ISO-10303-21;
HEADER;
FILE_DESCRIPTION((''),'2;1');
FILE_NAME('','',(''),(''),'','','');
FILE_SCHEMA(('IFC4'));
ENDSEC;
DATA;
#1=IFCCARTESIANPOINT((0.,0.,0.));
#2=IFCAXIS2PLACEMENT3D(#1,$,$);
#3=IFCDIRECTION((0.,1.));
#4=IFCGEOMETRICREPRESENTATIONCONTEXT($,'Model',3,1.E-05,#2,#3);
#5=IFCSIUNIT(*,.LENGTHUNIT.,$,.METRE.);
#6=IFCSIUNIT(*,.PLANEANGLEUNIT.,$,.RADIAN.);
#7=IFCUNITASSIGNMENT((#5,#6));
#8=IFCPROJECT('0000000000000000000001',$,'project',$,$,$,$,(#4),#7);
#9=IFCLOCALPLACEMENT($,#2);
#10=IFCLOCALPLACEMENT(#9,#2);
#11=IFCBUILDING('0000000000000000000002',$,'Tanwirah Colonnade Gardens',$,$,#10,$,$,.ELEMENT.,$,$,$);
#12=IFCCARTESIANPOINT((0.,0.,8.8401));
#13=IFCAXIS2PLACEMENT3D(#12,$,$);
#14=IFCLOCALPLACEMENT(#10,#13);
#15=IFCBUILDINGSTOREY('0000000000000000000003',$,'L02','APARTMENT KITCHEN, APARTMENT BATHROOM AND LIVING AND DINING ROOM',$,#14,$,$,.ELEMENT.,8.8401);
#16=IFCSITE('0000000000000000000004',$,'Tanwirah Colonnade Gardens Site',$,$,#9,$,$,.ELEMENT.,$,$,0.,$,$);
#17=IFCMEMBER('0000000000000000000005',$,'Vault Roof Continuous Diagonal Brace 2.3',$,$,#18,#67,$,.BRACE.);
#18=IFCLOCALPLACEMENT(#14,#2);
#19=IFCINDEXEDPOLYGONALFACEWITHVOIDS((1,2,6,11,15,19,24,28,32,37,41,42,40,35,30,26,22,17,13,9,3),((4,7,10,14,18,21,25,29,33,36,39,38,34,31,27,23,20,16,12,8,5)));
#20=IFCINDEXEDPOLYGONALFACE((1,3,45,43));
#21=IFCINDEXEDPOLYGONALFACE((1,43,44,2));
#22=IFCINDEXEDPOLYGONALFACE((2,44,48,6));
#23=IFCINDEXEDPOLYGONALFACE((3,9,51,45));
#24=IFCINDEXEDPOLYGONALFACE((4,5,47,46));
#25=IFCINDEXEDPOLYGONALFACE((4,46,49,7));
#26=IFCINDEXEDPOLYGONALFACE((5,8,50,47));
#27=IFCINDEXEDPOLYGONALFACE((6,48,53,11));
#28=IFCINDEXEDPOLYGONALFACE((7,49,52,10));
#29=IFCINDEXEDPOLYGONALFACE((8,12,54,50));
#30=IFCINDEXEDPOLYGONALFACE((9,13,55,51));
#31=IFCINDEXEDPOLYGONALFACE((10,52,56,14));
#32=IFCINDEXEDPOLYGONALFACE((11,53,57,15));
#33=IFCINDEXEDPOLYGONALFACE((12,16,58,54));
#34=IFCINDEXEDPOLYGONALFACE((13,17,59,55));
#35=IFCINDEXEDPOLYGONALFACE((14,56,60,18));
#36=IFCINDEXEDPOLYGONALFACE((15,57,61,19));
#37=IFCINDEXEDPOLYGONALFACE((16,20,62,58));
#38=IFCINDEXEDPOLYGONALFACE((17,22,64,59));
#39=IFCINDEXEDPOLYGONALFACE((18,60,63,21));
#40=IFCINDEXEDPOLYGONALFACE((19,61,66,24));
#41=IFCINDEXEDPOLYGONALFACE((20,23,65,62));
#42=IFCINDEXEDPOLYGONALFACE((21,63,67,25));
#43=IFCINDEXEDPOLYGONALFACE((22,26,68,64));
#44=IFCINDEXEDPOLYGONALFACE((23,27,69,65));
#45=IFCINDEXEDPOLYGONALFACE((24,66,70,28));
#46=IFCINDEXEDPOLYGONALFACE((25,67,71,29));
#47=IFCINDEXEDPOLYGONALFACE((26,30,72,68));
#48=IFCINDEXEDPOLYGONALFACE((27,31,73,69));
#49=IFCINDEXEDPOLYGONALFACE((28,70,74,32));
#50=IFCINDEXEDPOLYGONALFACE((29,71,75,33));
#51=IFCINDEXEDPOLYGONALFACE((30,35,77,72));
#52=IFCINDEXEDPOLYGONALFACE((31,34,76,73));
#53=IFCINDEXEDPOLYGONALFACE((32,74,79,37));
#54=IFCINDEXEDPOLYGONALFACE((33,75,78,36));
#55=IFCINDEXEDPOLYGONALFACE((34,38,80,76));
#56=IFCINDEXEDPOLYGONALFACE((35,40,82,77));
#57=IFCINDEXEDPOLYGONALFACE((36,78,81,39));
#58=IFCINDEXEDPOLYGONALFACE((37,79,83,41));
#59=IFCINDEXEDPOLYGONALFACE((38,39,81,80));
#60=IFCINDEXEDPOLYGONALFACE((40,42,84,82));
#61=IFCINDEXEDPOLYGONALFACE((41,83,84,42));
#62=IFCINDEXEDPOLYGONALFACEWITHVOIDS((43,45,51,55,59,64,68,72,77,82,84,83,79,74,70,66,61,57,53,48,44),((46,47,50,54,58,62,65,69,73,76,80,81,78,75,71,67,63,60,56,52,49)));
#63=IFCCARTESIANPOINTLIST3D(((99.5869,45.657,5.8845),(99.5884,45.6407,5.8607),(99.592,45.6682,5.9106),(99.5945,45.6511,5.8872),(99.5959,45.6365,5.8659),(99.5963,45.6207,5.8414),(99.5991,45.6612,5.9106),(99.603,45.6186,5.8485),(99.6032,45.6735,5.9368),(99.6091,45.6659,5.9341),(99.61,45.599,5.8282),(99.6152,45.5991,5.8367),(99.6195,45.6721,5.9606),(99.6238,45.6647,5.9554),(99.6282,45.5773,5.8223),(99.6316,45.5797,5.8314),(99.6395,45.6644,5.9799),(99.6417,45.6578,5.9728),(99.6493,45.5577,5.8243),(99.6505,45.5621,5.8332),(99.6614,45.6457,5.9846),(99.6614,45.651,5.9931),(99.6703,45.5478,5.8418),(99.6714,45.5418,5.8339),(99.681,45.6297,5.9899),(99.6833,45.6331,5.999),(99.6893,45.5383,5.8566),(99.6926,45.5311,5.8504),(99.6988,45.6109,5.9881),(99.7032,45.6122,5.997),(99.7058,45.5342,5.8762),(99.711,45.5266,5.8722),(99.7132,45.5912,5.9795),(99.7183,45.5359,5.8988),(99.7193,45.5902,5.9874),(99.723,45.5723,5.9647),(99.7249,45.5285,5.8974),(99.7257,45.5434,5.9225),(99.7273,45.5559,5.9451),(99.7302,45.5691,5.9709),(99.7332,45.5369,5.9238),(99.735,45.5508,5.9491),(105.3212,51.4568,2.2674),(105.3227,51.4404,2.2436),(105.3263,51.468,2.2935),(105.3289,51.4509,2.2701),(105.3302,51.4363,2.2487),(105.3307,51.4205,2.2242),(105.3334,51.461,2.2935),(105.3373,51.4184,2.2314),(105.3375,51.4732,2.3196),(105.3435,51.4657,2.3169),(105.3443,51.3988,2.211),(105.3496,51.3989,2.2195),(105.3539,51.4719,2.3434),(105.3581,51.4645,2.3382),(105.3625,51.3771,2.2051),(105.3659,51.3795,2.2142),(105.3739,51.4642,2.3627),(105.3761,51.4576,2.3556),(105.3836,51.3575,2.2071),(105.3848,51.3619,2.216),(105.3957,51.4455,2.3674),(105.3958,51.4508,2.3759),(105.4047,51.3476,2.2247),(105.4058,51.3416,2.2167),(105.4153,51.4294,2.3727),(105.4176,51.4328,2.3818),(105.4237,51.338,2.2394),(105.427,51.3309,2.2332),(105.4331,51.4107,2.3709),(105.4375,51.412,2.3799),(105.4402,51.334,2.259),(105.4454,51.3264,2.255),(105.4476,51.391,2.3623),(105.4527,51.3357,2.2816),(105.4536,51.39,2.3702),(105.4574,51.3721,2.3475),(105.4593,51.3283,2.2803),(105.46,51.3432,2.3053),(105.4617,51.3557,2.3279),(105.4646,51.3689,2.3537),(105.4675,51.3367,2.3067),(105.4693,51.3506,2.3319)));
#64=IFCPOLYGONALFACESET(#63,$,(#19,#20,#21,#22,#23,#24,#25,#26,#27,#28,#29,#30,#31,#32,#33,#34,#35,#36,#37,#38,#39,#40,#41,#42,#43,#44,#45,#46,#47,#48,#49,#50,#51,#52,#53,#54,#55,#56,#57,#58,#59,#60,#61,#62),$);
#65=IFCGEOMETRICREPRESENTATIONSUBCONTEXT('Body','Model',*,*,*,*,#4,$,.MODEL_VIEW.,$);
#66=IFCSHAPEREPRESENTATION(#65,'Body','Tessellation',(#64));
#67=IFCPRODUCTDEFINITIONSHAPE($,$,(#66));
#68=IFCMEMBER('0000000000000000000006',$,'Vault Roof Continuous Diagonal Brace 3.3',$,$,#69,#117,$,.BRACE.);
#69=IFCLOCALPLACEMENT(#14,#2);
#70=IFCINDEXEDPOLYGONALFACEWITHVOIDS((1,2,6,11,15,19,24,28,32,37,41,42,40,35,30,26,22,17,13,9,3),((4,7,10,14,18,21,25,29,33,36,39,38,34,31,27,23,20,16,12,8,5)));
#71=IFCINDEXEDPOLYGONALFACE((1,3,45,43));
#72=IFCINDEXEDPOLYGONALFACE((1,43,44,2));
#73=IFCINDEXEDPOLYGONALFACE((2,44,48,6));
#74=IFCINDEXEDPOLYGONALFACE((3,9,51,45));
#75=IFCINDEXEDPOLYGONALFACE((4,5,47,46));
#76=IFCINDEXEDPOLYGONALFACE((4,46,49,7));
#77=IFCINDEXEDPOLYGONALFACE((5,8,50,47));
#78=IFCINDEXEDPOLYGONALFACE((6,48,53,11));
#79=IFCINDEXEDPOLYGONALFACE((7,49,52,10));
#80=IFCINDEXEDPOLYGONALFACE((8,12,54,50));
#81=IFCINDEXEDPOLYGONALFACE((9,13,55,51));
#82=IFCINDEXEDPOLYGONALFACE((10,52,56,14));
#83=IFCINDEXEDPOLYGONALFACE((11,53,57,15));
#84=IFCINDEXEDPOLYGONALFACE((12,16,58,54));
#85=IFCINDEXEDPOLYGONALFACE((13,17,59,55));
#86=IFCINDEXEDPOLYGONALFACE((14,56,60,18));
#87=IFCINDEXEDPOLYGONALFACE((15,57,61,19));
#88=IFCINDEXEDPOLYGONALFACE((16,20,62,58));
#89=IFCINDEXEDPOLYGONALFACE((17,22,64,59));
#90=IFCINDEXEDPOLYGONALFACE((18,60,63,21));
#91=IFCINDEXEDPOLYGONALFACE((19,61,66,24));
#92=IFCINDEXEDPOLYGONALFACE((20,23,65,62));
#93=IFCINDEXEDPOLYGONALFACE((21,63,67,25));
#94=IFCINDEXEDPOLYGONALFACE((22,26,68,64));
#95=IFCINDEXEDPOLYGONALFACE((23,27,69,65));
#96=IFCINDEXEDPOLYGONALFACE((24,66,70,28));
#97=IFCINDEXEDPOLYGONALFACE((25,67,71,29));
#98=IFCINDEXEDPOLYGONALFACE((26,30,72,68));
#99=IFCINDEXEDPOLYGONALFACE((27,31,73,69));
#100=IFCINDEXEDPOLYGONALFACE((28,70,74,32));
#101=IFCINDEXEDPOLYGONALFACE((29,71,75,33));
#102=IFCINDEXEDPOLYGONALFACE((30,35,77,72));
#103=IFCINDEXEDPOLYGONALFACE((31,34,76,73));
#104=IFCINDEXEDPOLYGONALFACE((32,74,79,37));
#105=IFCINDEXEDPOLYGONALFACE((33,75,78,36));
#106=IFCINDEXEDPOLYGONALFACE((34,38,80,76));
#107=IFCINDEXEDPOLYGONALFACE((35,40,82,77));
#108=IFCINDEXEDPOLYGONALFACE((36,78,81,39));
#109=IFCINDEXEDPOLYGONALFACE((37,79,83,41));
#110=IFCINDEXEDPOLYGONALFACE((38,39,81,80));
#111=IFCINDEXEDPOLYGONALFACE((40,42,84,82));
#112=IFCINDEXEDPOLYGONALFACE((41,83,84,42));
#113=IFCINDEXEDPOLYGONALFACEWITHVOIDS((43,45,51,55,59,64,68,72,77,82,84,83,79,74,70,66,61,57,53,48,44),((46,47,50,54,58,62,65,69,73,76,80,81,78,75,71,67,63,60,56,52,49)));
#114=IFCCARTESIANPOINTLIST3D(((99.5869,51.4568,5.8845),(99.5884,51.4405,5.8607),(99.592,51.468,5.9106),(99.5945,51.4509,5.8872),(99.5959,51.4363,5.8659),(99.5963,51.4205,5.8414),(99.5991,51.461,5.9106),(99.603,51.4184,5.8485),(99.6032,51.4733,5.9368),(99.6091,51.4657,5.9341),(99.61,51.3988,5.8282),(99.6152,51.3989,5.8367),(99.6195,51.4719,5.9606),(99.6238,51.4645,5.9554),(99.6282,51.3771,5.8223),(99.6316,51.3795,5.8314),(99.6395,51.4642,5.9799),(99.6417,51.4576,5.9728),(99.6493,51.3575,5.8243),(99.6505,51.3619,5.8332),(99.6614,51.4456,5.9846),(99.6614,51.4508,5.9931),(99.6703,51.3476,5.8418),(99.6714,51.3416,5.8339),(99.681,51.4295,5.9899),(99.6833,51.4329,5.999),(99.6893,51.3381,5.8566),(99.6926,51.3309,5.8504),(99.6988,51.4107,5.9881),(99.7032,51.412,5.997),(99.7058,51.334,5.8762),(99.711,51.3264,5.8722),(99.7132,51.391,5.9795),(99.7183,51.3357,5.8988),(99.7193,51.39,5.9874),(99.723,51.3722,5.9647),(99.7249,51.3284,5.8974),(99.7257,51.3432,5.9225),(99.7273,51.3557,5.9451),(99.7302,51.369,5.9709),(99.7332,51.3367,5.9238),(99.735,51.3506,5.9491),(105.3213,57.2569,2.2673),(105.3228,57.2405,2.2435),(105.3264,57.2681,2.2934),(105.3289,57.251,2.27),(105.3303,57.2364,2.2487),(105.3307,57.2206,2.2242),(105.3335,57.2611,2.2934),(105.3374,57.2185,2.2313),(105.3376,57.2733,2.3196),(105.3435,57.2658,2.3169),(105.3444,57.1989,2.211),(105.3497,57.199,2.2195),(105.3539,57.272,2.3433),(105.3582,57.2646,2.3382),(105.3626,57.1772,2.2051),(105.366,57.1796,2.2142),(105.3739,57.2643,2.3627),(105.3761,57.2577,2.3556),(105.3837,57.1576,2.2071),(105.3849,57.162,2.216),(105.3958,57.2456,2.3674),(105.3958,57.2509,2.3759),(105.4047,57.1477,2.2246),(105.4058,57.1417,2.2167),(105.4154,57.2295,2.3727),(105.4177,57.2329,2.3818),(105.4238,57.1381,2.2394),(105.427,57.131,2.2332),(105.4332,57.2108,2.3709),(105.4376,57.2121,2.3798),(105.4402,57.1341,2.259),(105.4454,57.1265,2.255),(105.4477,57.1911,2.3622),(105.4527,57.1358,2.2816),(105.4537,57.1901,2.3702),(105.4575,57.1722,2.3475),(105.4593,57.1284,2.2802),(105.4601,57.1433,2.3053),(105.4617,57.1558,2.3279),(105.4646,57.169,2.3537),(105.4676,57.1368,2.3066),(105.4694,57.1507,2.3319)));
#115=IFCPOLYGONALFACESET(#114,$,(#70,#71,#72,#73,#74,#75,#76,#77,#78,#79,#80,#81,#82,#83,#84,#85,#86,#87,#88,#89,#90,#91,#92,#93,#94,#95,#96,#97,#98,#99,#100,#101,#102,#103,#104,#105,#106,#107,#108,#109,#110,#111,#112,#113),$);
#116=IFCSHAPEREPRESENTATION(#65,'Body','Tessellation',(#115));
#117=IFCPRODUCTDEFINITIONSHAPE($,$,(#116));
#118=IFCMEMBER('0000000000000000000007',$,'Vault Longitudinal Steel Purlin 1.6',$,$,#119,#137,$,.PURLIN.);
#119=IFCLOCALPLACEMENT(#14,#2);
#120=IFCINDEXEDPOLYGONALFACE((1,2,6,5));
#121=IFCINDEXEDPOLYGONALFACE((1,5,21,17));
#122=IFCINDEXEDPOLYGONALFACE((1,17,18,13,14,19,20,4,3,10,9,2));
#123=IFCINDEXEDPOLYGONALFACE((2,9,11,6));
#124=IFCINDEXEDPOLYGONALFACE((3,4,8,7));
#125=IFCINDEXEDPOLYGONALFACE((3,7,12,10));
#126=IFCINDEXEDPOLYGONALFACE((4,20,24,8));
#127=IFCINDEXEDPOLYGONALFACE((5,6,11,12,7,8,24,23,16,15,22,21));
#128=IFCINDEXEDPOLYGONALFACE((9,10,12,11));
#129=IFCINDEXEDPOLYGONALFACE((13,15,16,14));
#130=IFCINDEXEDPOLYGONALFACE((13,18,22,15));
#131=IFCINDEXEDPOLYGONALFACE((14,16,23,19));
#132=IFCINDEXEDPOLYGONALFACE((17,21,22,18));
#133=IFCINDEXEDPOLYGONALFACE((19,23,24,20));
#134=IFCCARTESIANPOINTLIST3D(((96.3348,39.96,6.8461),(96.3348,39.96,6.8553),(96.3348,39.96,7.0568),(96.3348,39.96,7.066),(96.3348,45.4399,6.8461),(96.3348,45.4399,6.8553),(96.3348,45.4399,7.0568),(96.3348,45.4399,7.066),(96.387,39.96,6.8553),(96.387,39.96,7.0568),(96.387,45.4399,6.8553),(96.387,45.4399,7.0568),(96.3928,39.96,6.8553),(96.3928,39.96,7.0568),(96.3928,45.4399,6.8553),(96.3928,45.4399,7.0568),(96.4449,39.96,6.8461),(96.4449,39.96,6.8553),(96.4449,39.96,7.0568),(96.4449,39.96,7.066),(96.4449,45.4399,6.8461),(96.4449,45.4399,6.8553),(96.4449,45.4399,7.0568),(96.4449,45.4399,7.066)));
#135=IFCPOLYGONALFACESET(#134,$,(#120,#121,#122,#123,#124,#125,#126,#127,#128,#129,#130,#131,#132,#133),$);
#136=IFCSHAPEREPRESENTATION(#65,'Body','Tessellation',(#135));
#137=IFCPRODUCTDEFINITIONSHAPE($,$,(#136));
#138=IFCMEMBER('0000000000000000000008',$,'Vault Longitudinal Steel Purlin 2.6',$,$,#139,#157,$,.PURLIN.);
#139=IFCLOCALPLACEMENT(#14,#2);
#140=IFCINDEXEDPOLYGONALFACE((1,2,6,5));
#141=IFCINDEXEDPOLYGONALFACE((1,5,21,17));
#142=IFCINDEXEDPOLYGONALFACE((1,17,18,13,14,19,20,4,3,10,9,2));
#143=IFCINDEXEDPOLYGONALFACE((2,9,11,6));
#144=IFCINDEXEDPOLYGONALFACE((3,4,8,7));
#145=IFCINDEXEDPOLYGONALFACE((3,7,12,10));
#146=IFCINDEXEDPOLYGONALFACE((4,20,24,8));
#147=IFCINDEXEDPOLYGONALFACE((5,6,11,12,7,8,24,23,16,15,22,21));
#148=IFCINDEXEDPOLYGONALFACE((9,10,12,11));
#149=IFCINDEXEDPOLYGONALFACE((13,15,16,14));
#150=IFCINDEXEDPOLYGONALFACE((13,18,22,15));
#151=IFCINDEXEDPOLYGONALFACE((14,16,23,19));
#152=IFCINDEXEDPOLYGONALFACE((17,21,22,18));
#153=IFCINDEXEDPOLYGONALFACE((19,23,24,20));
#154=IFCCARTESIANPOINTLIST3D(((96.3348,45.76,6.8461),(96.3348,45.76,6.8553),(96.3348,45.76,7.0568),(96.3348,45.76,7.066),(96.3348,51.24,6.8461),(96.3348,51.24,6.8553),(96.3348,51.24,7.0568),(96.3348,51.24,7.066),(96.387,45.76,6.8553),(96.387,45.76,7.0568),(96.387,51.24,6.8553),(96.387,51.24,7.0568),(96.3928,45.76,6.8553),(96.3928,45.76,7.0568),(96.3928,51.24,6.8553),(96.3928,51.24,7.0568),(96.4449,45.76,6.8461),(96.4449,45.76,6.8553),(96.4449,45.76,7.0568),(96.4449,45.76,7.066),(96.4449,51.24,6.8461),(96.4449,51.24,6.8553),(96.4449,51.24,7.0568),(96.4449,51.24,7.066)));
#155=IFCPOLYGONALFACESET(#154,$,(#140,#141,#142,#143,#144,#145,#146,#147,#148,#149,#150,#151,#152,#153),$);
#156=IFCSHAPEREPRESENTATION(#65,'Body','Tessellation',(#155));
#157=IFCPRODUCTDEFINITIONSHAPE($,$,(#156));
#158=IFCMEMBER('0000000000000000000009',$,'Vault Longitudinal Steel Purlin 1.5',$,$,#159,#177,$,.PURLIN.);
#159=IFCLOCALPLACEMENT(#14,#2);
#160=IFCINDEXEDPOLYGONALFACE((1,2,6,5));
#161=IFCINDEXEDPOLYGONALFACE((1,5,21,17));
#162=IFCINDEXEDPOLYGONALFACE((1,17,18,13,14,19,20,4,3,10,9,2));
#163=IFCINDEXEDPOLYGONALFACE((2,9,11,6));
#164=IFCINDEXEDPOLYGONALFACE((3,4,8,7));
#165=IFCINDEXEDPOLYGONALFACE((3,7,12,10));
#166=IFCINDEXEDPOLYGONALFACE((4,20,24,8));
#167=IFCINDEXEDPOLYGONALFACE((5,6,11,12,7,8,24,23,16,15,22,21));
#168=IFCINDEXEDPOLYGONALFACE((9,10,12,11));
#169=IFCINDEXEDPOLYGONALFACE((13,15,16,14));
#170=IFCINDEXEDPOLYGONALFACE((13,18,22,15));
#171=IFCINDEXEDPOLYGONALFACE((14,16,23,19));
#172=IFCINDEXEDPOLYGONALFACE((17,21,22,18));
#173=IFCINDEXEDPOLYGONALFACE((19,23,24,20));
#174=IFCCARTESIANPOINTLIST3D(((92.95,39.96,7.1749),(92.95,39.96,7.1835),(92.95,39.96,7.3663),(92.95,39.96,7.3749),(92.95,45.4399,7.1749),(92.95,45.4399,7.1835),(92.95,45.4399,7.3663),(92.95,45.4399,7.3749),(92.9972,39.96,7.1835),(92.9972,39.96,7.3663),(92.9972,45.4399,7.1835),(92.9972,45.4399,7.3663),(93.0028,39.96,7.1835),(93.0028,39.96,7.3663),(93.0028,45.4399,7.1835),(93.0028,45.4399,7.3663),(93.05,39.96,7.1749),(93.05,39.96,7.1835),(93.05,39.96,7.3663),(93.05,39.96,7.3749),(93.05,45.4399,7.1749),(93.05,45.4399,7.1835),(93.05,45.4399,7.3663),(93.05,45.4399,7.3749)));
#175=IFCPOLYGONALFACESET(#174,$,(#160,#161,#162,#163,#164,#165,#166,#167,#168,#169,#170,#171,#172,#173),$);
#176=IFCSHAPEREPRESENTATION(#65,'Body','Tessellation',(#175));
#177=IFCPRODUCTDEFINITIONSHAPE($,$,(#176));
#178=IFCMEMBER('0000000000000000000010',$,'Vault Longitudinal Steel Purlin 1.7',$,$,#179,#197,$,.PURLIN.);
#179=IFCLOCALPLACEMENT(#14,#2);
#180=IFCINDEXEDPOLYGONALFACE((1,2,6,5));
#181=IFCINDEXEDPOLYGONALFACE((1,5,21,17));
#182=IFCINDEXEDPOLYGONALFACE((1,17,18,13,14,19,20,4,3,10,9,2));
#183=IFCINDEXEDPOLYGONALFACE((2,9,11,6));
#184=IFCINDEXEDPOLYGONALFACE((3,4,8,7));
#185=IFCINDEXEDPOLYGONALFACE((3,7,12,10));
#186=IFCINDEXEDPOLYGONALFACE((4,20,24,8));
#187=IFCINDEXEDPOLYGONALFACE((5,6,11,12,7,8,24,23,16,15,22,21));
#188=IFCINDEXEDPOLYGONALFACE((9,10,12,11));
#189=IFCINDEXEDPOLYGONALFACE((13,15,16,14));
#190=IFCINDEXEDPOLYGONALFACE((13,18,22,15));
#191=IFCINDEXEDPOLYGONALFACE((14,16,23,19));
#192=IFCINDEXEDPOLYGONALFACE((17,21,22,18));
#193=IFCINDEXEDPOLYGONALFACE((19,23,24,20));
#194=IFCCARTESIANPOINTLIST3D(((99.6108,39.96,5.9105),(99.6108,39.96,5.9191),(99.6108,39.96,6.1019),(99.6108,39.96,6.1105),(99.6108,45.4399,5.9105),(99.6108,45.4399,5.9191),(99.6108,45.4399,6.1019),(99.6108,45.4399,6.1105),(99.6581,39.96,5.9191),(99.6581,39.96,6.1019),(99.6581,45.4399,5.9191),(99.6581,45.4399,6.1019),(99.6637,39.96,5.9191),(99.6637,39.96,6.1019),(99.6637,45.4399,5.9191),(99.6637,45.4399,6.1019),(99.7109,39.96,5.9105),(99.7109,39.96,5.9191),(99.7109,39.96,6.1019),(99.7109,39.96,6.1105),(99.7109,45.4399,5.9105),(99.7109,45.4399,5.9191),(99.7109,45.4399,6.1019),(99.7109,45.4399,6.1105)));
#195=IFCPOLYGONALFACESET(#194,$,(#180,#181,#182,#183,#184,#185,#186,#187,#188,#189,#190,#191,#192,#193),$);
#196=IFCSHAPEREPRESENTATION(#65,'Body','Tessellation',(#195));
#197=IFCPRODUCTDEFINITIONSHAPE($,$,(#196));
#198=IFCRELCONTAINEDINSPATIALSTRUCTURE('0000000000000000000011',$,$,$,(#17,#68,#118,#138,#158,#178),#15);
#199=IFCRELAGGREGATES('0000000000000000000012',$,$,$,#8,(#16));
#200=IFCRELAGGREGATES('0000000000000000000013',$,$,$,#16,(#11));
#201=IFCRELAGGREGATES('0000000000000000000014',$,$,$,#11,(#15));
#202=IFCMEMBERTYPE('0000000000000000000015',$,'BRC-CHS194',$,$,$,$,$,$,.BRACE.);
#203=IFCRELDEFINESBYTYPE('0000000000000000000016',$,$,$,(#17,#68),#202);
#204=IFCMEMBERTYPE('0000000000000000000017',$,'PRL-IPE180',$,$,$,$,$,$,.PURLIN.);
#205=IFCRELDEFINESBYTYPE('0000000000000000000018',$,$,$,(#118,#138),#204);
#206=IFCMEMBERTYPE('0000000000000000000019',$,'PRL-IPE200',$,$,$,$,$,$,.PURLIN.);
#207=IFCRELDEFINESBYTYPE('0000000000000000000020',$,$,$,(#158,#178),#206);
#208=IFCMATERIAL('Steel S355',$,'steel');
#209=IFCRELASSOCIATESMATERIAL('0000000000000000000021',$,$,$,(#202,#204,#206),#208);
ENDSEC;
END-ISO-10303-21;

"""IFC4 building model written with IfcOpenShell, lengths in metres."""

from ifc_helpers import new_model, si_unit, direction, frame, origin, origin_2d, place, context, subcontext, project, spatial, hollow_circle, i_section, extrude, material, material_profile, profile_set, type_object, element, save


model = new_model("IFC4")

# Units and contexts
model_context = context("Model", 3, precision=1e-05, world=origin(), true_north=direction((0.0, 1.0)))
body_context = subcontext(model_context, "Body", "Model", "MODEL_VIEW")
ifc_project = project(units=[si_unit("LENGTHUNIT", "METRE"), si_unit("PLANEANGLEUNIT", "RADIAN")], contexts=[model_context])

# Site, building, storey
site_placement = place(None, origin())
site = spatial("IfcSite", under=ifc_project, at=site_placement, Name="Tanwirah Colonnade Gardens Site", CompositionType="ELEMENT", RefElevation=0.0)
building_placement = place(site_placement, origin())
building = spatial("IfcBuilding", under=site, at=building_placement, Name="Tanwirah Colonnade Gardens", CompositionType="ELEMENT")
storey_placement = place(building_placement, frame((0.0, 0.0, 8.8401)))
storey = spatial("IfcBuildingStorey", under=building, at=storey_placement, Name="L02", Description="APARTMENT KITCHEN, APARTMENT BATHROOM AND LIVING AND DINING ROOM", CompositionType="ELEMENT", Elevation=8.8401)

# Members
ifc_material_1 = material(Name="Steel S355", Category="steel")
ifc_material_profile_1 = material_profile(ifc_material_1, hollow_circle(Radius=0.0969, WallThickness=0.01, at=origin_2d()), Name="CHS 193.7x10")
ifc_profile_set_1 = profile_set([ifc_material_profile_1], Name="Steel S355")
member_type_1 = type_object("IfcMemberType", Name="BRC-CHS194", PredefinedType="BRACE", material=ifc_profile_set_1)
member_1_placement = place(storey_placement, frame((99.6609, 45.6001, 5.9106), z_axis=(0.642712, 0.650045, -0.405416), x_axis=(-0.711107, 0.703084, 0.0)))
element("IfcMember", 1, at=member_1_placement, inside=storey, type_object=member_type_1, Name="Vault Roof Continuous Diagonal Brace 2.3", PredefinedType="BRACE", context=body_context, shape_type="SweptSolid", body=[
    extrude(hollow_circle(Radius=0.0969, WallThickness=0.01, at=origin_2d()), origin(), (0.0, 0.0, 1.0), 8.9221),
])
member_2_placement = place(storey_placement, frame((99.6609, 51.3999, 5.9106), z_axis=(0.642701, 0.650061, -0.405409), x_axis=(-0.711121, 0.703069, 0.0)))
element("IfcMember", 2, at=member_2_placement, inside=storey, type_object=member_type_1, Name="Vault Roof Continuous Diagonal Brace 3.3", PredefinedType="BRACE", context=body_context, shape_type="SweptSolid", body=[
    extrude(hollow_circle(Radius=0.0969, WallThickness=0.01, at=origin_2d()), origin(), (0.0, 0.0, 1.0), 8.9224),
])
ifc_material_profile_2 = material_profile(ifc_material_1, i_section(OverallWidth=0.1101, OverallDepth=0.22, WebThickness=0.0059, FlangeThickness=0.0093, at=origin_2d()), Name="IPE 220")
ifc_profile_set_2 = profile_set([ifc_material_profile_2], Name="Steel S355")
member_type_2 = type_object("IfcMemberType", Name="PRL-IPE180", PredefinedType="PURLIN", material=ifc_profile_set_2)
for number, where, z_axis, x_axis, name in (
    (3, (96.3899, 39.96, 6.9561), (0.0, 1.0, 0.0), (-1.0, 0.0, 0.0), "Vault Longitudinal Steel Purlin 1.6"),
    (4, (96.3899, 45.76, 6.9561), (0.0, 1.0, 0.0), (-1.0, 0.0, 0.0), "Vault Longitudinal Steel Purlin 2.6"),
):
    element("IfcMember", number, at=place(storey_placement, frame(where, z_axis=z_axis, x_axis=x_axis)), inside=storey, type_object=member_type_2, Name=name, PredefinedType="PURLIN", context=body_context, shape_type="SweptSolid", body=[
        extrude(i_section(OverallWidth=0.1101, OverallDepth=0.22, WebThickness=0.0059, FlangeThickness=0.0093, at=origin_2d()), origin(), (0.0, 0.0, 1.0), 5.48),
    ])
ifc_material_profile_3 = material_profile(ifc_material_1, i_section(OverallWidth=0.1001, OverallDepth=0.2, WebThickness=0.0056, FlangeThickness=0.0085, at=origin_2d()), Name="IPE 200")
ifc_profile_set_3 = profile_set([ifc_material_profile_3], Name="Steel S355")
member_type_3 = type_object("IfcMemberType", Name="PRL-IPE200", PredefinedType="PURLIN", material=ifc_profile_set_3)
for number, where, z_axis, x_axis, name in (
    (5, (93.0, 39.96, 7.2749), (0.0, 1.0, 0.0), (-1.0, 0.0, 0.0), "Vault Longitudinal Steel Purlin 1.5"),
    (6, (99.6609, 39.96, 6.0105), (0.0, 1.0, 0.0), (-1.0, 0.0, 0.0), "Vault Longitudinal Steel Purlin 1.7"),
):
    element("IfcMember", number, at=place(storey_placement, frame(where, z_axis=z_axis, x_axis=x_axis)), inside=storey, type_object=member_type_3, Name=name, PredefinedType="PURLIN", context=body_context, shape_type="SweptSolid", body=[
        extrude(i_section(OverallWidth=0.1001, OverallDepth=0.2, WebThickness=0.0056, FlangeThickness=0.0085, at=origin_2d()), origin(), (0.0, 0.0, 1.0), 5.48),
    ])

save(model, "model.ifc")
